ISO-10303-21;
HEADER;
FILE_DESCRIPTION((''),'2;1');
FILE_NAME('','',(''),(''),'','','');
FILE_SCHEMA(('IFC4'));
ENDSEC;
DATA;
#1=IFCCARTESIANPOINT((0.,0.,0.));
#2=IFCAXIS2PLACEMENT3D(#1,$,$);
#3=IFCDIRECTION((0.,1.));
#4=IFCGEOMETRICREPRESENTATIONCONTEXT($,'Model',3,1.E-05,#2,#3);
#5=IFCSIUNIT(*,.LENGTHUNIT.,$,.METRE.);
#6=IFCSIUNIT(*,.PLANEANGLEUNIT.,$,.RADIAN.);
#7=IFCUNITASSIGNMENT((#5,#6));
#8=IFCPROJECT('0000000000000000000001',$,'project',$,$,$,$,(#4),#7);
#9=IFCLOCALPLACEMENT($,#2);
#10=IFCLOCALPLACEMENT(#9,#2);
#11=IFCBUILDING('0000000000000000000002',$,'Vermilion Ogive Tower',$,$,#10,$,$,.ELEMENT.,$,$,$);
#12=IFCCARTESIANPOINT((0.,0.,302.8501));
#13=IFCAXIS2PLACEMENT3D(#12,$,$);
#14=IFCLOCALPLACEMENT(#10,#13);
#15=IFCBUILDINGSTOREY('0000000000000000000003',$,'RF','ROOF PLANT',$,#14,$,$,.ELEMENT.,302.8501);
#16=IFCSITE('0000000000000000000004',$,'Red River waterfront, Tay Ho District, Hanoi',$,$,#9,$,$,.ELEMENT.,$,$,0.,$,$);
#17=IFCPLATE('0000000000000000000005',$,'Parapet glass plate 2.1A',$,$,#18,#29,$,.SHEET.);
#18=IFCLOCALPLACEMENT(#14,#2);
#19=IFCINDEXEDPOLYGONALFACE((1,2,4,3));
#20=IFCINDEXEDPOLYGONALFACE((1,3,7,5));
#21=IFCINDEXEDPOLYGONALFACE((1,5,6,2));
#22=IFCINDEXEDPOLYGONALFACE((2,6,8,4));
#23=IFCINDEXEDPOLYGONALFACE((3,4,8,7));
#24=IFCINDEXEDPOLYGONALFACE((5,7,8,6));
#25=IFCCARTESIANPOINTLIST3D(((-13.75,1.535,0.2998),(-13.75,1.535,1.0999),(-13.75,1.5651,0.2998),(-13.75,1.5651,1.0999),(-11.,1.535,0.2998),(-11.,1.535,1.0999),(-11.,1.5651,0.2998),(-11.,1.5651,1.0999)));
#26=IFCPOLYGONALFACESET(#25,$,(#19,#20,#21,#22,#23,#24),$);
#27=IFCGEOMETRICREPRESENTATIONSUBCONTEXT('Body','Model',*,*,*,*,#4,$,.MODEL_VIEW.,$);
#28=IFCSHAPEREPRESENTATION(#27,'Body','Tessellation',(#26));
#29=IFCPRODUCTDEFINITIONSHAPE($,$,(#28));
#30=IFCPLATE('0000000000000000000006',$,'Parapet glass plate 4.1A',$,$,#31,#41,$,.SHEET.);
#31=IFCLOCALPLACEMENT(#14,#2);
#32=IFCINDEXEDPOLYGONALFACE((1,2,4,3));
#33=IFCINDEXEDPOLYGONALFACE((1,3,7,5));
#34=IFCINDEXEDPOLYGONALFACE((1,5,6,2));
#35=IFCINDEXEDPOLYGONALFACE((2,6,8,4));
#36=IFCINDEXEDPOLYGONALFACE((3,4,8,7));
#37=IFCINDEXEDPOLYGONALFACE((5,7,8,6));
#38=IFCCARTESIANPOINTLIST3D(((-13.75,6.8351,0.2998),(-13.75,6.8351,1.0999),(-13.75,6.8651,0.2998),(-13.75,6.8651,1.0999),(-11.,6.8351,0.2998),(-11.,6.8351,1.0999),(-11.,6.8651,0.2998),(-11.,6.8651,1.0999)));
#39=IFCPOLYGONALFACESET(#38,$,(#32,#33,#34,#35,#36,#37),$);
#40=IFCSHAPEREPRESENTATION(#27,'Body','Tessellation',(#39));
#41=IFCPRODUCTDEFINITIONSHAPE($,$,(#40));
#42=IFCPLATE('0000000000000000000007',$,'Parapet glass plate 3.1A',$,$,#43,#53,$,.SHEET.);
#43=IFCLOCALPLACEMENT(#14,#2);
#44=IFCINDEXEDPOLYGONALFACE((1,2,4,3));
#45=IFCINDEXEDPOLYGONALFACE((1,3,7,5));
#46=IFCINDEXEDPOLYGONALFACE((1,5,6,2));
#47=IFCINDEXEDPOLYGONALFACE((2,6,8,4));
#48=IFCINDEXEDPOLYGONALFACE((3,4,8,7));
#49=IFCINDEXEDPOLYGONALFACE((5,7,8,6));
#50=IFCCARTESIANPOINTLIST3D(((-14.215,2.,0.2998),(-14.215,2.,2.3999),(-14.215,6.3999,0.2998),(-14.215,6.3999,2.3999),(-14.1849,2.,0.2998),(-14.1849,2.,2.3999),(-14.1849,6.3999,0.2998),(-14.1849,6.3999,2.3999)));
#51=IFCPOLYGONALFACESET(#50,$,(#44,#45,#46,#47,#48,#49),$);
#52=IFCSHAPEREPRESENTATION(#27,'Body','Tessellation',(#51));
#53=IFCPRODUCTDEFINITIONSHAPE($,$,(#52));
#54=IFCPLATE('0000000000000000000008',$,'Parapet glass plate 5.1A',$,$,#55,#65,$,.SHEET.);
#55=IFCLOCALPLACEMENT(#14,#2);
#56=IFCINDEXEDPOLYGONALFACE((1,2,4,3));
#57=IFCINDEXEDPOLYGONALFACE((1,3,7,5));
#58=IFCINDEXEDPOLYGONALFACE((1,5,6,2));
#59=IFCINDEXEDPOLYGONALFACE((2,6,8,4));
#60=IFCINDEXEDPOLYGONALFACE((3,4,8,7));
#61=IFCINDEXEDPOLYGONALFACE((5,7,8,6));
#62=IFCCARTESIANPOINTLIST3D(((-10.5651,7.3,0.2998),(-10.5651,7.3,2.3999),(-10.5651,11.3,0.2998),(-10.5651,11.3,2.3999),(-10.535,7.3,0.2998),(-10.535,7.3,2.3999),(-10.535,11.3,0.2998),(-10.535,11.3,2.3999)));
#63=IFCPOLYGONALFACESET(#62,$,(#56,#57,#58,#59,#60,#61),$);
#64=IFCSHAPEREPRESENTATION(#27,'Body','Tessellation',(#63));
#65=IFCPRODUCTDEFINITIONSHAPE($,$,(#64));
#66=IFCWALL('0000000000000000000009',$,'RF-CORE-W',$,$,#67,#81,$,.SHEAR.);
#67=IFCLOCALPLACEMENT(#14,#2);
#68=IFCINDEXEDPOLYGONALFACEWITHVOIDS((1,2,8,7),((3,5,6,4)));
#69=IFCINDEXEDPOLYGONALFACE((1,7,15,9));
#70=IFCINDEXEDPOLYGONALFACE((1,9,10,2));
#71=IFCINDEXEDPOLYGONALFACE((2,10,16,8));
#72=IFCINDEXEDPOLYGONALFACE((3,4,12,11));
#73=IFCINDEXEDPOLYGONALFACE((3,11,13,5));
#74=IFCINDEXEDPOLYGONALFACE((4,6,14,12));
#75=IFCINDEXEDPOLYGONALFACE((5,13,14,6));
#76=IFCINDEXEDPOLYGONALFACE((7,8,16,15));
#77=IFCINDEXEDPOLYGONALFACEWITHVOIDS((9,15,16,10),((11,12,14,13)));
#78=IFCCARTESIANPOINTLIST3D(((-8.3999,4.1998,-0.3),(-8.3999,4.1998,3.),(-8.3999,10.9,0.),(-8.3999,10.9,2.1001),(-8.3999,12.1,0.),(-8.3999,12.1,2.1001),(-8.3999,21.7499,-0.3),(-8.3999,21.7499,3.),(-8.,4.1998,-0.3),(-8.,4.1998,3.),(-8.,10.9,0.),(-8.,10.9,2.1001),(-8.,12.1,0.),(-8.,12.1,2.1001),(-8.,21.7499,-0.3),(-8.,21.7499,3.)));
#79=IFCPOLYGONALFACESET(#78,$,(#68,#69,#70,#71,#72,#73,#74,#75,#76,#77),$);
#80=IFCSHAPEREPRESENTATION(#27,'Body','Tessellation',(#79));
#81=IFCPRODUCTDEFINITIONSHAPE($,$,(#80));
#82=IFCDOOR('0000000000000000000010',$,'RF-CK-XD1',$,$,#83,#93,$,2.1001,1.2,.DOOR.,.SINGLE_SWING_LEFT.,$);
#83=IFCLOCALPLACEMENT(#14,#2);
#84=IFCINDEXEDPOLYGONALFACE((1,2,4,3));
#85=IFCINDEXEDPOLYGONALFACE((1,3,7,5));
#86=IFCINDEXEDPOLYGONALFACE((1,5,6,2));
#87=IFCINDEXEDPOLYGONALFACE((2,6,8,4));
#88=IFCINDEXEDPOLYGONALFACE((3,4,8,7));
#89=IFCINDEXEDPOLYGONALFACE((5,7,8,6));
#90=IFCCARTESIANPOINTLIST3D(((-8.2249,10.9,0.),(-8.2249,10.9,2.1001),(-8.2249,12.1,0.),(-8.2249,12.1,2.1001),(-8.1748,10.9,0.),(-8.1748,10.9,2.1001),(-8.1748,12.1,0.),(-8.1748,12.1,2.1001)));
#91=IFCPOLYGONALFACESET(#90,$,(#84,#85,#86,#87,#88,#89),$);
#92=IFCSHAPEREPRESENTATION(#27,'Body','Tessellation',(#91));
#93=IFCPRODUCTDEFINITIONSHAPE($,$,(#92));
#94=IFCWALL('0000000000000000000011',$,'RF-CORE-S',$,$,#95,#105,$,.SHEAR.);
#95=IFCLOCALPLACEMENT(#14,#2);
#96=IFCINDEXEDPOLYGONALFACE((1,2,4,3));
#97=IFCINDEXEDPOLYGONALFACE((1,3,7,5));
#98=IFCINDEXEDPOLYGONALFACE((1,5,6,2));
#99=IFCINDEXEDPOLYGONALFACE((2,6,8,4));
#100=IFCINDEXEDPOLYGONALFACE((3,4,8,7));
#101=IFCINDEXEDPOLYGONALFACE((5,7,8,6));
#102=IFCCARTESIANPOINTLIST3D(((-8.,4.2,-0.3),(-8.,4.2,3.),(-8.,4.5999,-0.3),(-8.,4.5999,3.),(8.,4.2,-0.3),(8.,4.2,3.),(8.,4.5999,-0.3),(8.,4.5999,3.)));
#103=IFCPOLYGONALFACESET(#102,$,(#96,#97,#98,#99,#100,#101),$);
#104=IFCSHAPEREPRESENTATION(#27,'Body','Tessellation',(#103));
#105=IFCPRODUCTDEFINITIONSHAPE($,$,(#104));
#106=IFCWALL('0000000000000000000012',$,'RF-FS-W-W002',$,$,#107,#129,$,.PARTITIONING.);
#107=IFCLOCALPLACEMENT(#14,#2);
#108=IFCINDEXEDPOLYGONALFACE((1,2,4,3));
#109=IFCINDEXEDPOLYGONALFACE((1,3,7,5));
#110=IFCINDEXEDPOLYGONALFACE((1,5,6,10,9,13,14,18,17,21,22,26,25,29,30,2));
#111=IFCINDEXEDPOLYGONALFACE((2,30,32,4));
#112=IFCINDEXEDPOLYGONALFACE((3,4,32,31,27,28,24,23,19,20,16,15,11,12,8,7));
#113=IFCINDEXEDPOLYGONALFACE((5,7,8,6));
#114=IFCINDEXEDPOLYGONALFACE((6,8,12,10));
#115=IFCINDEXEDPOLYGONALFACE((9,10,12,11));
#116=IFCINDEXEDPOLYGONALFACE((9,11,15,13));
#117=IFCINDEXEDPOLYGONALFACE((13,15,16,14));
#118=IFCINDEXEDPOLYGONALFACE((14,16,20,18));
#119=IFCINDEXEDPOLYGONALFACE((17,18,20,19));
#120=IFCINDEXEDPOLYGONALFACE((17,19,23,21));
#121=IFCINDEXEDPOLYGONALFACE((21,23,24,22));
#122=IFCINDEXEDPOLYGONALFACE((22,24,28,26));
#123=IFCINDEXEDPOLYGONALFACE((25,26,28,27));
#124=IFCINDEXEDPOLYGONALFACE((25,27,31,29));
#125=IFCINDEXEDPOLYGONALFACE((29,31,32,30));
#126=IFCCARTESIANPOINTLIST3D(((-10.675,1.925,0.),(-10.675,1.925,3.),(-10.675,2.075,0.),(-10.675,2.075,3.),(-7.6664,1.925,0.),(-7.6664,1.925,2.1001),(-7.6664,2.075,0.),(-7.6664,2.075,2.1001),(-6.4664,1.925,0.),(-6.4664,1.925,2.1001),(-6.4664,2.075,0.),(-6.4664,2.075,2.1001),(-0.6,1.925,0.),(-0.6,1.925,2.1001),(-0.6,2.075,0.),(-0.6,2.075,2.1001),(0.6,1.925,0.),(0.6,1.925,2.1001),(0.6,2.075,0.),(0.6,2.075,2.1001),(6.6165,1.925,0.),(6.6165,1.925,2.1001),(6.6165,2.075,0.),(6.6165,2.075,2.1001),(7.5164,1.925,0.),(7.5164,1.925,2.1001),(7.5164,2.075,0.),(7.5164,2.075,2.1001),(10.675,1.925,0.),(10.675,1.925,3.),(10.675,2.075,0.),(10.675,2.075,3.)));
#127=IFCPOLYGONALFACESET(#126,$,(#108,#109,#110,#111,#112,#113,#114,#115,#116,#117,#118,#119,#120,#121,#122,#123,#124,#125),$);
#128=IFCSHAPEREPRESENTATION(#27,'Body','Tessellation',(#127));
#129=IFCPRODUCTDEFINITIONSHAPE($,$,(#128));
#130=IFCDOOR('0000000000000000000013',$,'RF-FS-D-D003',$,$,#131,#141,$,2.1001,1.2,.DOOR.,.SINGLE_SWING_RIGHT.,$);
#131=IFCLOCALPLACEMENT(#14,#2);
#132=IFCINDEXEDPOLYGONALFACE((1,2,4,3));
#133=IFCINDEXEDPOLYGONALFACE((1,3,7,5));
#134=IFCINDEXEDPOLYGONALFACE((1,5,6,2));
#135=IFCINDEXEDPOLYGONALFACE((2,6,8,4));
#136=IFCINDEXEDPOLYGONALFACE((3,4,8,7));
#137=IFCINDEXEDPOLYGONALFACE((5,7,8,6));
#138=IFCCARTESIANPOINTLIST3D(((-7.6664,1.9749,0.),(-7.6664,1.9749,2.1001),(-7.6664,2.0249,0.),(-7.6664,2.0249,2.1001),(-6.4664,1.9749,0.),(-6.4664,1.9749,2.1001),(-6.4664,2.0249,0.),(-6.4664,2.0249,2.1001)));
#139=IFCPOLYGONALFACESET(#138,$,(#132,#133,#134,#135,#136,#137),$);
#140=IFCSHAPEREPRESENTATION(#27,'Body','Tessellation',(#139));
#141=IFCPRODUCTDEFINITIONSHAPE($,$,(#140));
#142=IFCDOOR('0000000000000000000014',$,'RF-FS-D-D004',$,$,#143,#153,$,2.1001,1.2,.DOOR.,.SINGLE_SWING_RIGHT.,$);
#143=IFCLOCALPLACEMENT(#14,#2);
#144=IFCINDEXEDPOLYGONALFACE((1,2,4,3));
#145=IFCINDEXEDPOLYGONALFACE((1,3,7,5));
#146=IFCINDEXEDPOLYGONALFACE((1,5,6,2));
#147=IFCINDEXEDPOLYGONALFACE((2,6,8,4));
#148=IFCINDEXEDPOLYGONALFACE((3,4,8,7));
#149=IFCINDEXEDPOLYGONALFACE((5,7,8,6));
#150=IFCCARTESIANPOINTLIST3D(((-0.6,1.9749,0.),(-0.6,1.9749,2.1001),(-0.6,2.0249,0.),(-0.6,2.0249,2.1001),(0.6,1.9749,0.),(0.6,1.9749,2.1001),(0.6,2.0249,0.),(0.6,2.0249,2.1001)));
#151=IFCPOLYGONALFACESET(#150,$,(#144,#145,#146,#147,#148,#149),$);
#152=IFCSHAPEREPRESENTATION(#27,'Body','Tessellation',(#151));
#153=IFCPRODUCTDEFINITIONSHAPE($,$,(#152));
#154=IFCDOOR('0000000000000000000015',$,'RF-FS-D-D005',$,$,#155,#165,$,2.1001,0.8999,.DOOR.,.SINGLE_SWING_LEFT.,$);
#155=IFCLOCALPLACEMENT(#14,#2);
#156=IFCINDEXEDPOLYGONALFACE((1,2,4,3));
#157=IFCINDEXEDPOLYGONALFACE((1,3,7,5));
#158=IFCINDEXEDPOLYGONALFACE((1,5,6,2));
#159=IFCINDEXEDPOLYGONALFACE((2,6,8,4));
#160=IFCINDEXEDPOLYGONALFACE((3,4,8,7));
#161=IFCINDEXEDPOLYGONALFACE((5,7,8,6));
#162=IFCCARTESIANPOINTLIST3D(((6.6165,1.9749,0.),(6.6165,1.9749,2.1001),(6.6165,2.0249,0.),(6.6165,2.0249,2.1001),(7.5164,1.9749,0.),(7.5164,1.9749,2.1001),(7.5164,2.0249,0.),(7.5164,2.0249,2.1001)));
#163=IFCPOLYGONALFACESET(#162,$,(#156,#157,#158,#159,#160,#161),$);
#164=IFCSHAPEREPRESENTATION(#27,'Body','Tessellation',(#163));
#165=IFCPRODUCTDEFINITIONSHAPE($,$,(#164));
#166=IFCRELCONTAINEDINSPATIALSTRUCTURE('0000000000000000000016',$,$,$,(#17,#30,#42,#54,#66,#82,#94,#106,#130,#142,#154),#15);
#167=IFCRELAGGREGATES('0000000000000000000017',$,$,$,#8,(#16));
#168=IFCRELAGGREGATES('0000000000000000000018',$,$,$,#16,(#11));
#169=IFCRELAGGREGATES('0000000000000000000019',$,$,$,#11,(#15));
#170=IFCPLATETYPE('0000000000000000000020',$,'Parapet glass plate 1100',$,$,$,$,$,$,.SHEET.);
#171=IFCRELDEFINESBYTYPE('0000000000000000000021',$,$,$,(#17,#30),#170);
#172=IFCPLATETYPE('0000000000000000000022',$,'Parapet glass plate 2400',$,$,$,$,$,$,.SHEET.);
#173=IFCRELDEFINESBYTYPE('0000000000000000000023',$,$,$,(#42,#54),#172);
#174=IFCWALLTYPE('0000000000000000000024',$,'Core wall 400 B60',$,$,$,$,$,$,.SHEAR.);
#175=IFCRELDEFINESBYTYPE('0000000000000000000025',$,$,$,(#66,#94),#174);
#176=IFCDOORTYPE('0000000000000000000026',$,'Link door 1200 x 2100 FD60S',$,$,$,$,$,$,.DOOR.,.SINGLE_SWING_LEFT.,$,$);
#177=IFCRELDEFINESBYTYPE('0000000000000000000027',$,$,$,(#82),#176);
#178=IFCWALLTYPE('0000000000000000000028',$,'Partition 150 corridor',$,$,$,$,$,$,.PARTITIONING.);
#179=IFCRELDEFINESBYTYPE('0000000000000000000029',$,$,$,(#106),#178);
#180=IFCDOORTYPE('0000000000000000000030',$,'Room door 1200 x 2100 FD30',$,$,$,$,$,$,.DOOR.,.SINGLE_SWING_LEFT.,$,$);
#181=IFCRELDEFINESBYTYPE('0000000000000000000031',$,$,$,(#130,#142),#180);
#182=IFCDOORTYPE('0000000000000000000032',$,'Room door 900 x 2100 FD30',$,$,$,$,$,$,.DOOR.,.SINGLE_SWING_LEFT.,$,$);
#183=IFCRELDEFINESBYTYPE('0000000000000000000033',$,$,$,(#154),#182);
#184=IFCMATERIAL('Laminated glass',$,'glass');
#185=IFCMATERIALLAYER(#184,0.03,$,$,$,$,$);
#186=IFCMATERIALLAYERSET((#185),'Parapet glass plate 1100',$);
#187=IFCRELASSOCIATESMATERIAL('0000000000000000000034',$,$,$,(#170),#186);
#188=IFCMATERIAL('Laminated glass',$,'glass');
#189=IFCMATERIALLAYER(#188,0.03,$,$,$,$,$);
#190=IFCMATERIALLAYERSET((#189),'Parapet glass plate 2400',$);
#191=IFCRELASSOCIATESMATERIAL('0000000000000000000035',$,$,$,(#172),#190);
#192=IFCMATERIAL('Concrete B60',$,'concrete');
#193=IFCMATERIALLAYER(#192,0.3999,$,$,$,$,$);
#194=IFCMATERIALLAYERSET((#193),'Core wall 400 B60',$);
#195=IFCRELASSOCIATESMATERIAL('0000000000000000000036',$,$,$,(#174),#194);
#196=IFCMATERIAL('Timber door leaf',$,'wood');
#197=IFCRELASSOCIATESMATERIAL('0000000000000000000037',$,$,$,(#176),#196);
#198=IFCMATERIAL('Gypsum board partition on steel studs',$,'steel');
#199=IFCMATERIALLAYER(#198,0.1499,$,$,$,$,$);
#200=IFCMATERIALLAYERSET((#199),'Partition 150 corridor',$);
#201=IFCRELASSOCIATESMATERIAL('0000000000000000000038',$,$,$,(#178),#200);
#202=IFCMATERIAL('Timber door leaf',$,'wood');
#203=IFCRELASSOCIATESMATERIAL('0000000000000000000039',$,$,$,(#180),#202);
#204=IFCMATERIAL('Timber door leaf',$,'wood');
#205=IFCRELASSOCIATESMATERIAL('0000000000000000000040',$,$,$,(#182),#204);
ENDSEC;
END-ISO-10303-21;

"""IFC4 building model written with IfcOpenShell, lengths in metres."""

from ifc_helpers import new_model, si_unit, direction, frame, frame_2d, origin, origin_2d, place, context, subcontext, project, spatial, rectangle, extrude, material, layer, layer_set, type_object, element, fill, save


model = new_model("IFC4")

# Units and contexts
model_context = context("Model", 3, precision=1e-05, world=origin(), true_north=direction((0.0, 1.0)))
body_context = subcontext(model_context, "Body", "Model", "MODEL_VIEW")
ifc_project = project(units=[si_unit("LENGTHUNIT", "METRE"), si_unit("PLANEANGLEUNIT", "RADIAN")], contexts=[model_context])

# Site, building, storey
site_placement = place(None, origin())
site = spatial("IfcSite", under=ifc_project, at=site_placement, Name="Red River waterfront, Tay Ho District, Hanoi", CompositionType="ELEMENT", RefElevation=0.0)
building_placement = place(site_placement, origin())
building = spatial("IfcBuilding", under=site, at=building_placement, Name="Vermilion Ogive Tower", CompositionType="ELEMENT")
storey_placement = place(building_placement, frame((0.0, 0.0, 302.8501)))
storey = spatial("IfcBuildingStorey", under=building, at=storey_placement, Name="RF", Description="ROOF PLANT", CompositionType="ELEMENT", Elevation=302.8501)

# Plates
ifc_material_1 = material(Name="Laminated glass", Category="glass")
ifc_layer_1 = layer(ifc_material_1, 0.03)
ifc_layer_set_1 = layer_set([ifc_layer_1], Name="Parapet glass plate 1100")
plate_type_1 = type_object("IfcPlateType", Name="Parapet glass plate 1100", PredefinedType="SHEET", material=ifc_layer_set_1)
for number, where, z_axis, x_axis, name in (
    (1, (-12.375, 1.55, 0.2998), (0.0, 0.0, 1.0), (-1.0, 0.0, 0.0), "Parapet glass plate 2.1A"),
    (2, (-12.375, 6.8501, 0.2998), (0.0, 0.0, 1.0), (1.0, 0.0, 0.0), "Parapet glass plate 4.1A"),
):
    element("IfcPlate", number, at=place(storey_placement, frame(where, z_axis=z_axis, x_axis=x_axis)), inside=storey, type_object=plate_type_1, Name=name, PredefinedType="SHEET", context=body_context, shape_type="SweptSolid", body=[
        extrude(rectangle(XDim=2.75, YDim=0.03, at=origin_2d()), origin(), (0.0, 0.0, 1.0), 0.8),
    ])
ifc_material_2 = material(Name="Laminated glass", Category="glass")
ifc_layer_2 = layer(ifc_material_2, 0.03)
ifc_layer_set_2 = layer_set([ifc_layer_2], Name="Parapet glass plate 2400")
plate_type_2 = type_object("IfcPlateType", Name="Parapet glass plate 2400", PredefinedType="SHEET", material=ifc_layer_set_2)
plate_1_placement = place(storey_placement, frame((-14.2, 4.2, 0.2998), z_axis=(0.0, 0.0, 1.0), x_axis=(0.0, 1.0, 0.0)))
element("IfcPlate", 3, at=plate_1_placement, inside=storey, type_object=plate_type_2, Name="Parapet glass plate 3.1A", PredefinedType="SHEET", context=body_context, shape_type="SweptSolid", body=[
    extrude(rectangle(XDim=4.3999, YDim=0.03, at=origin_2d()), origin(), (0.0, 0.0, 1.0), 2.1001),
])
plate_2_placement = place(storey_placement, frame((-10.55, 9.3, 0.2998), z_axis=(0.0, 0.0, 1.0), x_axis=(0.0, 1.0, 0.0)))
element("IfcPlate", 4, at=plate_2_placement, inside=storey, type_object=plate_type_2, Name="Parapet glass plate 5.1A", PredefinedType="SHEET", context=body_context, shape_type="SweptSolid", body=[
    extrude(rectangle(XDim=4.0, YDim=0.03, at=origin_2d()), origin(), (0.0, 0.0, 1.0), 2.1001),
])

# Wall, opening, door
ifc_material_3 = material(Name="Concrete B60", Category="concrete")
ifc_layer_3 = layer(ifc_material_3, 0.3999)
ifc_layer_set_3 = layer_set([ifc_layer_3], Name="Core wall 400 B60")
wall_type_1 = type_object("IfcWallType", Name="Core wall 400 B60", PredefinedType="SHEAR", material=ifc_layer_set_3)
wall_1_placement = place(storey_placement, frame((-8.2, 4.2, -0.3), z_axis=(0.0, 0.0, 1.0), x_axis=(0.0, 1.0, 0.0)))
wall_1 = element("IfcWall", 5, at=wall_1_placement, inside=storey, type_object=wall_type_1, Name="RF-CORE-W", PredefinedType="SHEAR", context=body_context, shape_type="SweptSolid", body=[
    extrude(rectangle(XDim=17.55, YDim=0.3999, at=frame_2d((8.7749, 0.0))), origin(), (0.0, 0.0, 1.0), 3.3),
])
opening_1_placement = place(wall_1_placement, frame((6.7, 0.0, 0.3)))
opening_1 = element("IfcOpeningElement", 6, at=opening_1_placement, cuts=wall_1, PredefinedType="OPENING", context=body_context, shape_type="SweptSolid", body=[
    extrude(rectangle(XDim=1.2, YDim=2.1001, at=frame_2d((0.6001, 1.05))), frame((0.0, 0.21, 0.0), z_axis=(0.0, -1.0, 0.0), x_axis=(1.0, 0.0, 0.0)), (0.0, 0.0, 1.0), 0.4199),
])
ifc_material_4 = material(Name="Timber door leaf", Category="wood")
door_type_1 = type_object("IfcDoorType", Name="Link door 1200 x 2100 FD60S", OperationType="SINGLE_SWING_LEFT", PredefinedType="DOOR", material=ifc_material_4)
door_1_placement = place(opening_1_placement, origin())
door_1 = element("IfcDoor", 7, at=door_1_placement, inside=storey, type_object=door_type_1, Name="RF-CK-XD1", OperationType="SINGLE_SWING_LEFT", OverallHeight=2.1001, OverallWidth=1.2, PredefinedType="DOOR", context=body_context, shape_type="SweptSolid", body=[
    extrude(rectangle(XDim=1.2, YDim=2.1001, at=frame_2d((0.6001, 1.05))), frame((0.0, 0.0249, 0.0), z_axis=(0.0, -1.0, 0.0), x_axis=(1.0, 0.0, 0.0)), (0.0, 0.0, 1.0), 0.05),
])
fill(opening_1, door_1)

# Wall
wall_2_placement = place(storey_placement, frame((-8.0, 4.3999, -0.3), z_axis=(0.0, 0.0, 1.0), x_axis=(1.0, 0.0, 0.0)))
element("IfcWall", 8, at=wall_2_placement, inside=storey, type_object=wall_type_1, Name="RF-CORE-S", PredefinedType="SHEAR", context=body_context, shape_type="SweptSolid", body=[
    extrude(rectangle(XDim=16.0, YDim=0.3999, at=frame_2d((8.0, 0.0))), origin(), (0.0, 0.0, 1.0), 3.3),
])

# Wall, openings, doors
ifc_material_5 = material(Name="Gypsum board partition on steel studs", Category="steel")
ifc_layer_4 = layer(ifc_material_5, 0.1499)
ifc_layer_set_4 = layer_set([ifc_layer_4], Name="Partition 150 corridor")
wall_type_2 = type_object("IfcWallType", Name="Partition 150 corridor", PredefinedType="PARTITIONING", material=ifc_layer_set_4)
wall_3_placement = place(storey_placement, frame((-10.675, 2.0, 0.0), z_axis=(0.0, 0.0, 1.0), x_axis=(1.0, 0.0, 0.0)))
wall_3 = element("IfcWall", 9, at=wall_3_placement, inside=storey, type_object=wall_type_2, Name="RF-FS-W-W002", PredefinedType="PARTITIONING", context=body_context, shape_type="SweptSolid", body=[
    extrude(rectangle(XDim=21.3501, YDim=0.1499, at=frame_2d((10.675, 0.0))), origin(), (0.0, 0.0, 1.0), 3.0),
])
opening_2_placement = place(wall_3_placement, frame((3.0085, 0.0, 0.0)))
opening_2 = element("IfcOpeningElement", 10, at=opening_2_placement, cuts=wall_3, PredefinedType="OPENING", context=body_context, shape_type="SweptSolid", body=[
    extrude(rectangle(XDim=1.2, YDim=2.1001, at=frame_2d((0.6001, 1.05))), frame((0.0, 0.085, 0.0), z_axis=(0.0, -1.0, 0.0), x_axis=(1.0, 0.0, 0.0)), (0.0, 0.0, 1.0), 0.1699),
])
opening_3_placement = place(wall_3_placement, frame((10.075, 0.0, 0.0)))
opening_3 = element("IfcOpeningElement", 11, at=opening_3_placement, cuts=wall_3, PredefinedType="OPENING", context=body_context, shape_type="SweptSolid", body=[
    extrude(rectangle(XDim=1.2, YDim=2.1001, at=frame_2d((0.6001, 1.05))), frame((0.0, 0.085, 0.0), z_axis=(0.0, -1.0, 0.0), x_axis=(1.0, 0.0, 0.0)), (0.0, 0.0, 1.0), 0.1699),
])
opening_4_placement = place(wall_3_placement, frame((17.2915, 0.0, 0.0)))
opening_4 = element("IfcOpeningElement", 12, at=opening_4_placement, cuts=wall_3, PredefinedType="OPENING", context=body_context, shape_type="SweptSolid", body=[
    extrude(rectangle(XDim=0.8999, YDim=2.1001, at=frame_2d((0.45, 1.05))), frame((0.0, 0.085, 0.0), z_axis=(0.0, -1.0, 0.0), x_axis=(1.0, 0.0, 0.0)), (0.0, 0.0, 1.0), 0.1699),
])
ifc_material_6 = material(Name="Timber door leaf", Category="wood")
door_type_2 = type_object("IfcDoorType", Name="Room door 1200 x 2100 FD30", OperationType="SINGLE_SWING_LEFT", PredefinedType="DOOR", material=ifc_material_6)
door_2_placement = place(opening_2_placement, origin())
door_2 = element("IfcDoor", 13, at=door_2_placement, inside=storey, type_object=door_type_2, Name="RF-FS-D-D003", OperationType="SINGLE_SWING_RIGHT", OverallHeight=2.1001, OverallWidth=1.2, PredefinedType="DOOR", context=body_context, shape_type="SweptSolid", body=[
    extrude(rectangle(XDim=1.2, YDim=2.1001, at=frame_2d((0.6001, 1.05))), frame((0.0, 0.0249, 0.0), z_axis=(0.0, -1.0, 0.0), x_axis=(1.0, 0.0, 0.0)), (0.0, 0.0, 1.0), 0.05),
])
fill(opening_2, door_2)
door_3_placement = place(opening_3_placement, origin())
door_3 = element("IfcDoor", 14, at=door_3_placement, inside=storey, type_object=door_type_2, Name="RF-FS-D-D004", OperationType="SINGLE_SWING_RIGHT", OverallHeight=2.1001, OverallWidth=1.2, PredefinedType="DOOR", context=body_context, shape_type="SweptSolid", body=[
    extrude(rectangle(XDim=1.2, YDim=2.1001, at=frame_2d((0.6001, 1.05))), frame((0.0, 0.0249, 0.0), z_axis=(0.0, -1.0, 0.0), x_axis=(1.0, 0.0, 0.0)), (0.0, 0.0, 1.0), 0.05),
])
fill(opening_3, door_3)
ifc_material_7 = material(Name="Timber door leaf", Category="wood")
door_type_3 = type_object("IfcDoorType", Name="Room door 900 x 2100 FD30", OperationType="SINGLE_SWING_LEFT", PredefinedType="DOOR", material=ifc_material_7)
door_4_placement = place(opening_4_placement, origin())
door_4 = element("IfcDoor", 15, at=door_4_placement, inside=storey, type_object=door_type_3, Name="RF-FS-D-D005", OperationType="SINGLE_SWING_LEFT", OverallHeight=2.1001, OverallWidth=0.8999, PredefinedType="DOOR", context=body_context, shape_type="SweptSolid", body=[
    extrude(rectangle(XDim=0.8999, YDim=2.1001, at=frame_2d((0.45, 1.05))), frame((0.0, 0.0249, 0.0), z_axis=(0.0, -1.0, 0.0), x_axis=(1.0, 0.0, 0.0)), (0.0, 0.0, 1.0), 0.05),
])
fill(opening_4, door_4)

save(model, "model.ifc")
